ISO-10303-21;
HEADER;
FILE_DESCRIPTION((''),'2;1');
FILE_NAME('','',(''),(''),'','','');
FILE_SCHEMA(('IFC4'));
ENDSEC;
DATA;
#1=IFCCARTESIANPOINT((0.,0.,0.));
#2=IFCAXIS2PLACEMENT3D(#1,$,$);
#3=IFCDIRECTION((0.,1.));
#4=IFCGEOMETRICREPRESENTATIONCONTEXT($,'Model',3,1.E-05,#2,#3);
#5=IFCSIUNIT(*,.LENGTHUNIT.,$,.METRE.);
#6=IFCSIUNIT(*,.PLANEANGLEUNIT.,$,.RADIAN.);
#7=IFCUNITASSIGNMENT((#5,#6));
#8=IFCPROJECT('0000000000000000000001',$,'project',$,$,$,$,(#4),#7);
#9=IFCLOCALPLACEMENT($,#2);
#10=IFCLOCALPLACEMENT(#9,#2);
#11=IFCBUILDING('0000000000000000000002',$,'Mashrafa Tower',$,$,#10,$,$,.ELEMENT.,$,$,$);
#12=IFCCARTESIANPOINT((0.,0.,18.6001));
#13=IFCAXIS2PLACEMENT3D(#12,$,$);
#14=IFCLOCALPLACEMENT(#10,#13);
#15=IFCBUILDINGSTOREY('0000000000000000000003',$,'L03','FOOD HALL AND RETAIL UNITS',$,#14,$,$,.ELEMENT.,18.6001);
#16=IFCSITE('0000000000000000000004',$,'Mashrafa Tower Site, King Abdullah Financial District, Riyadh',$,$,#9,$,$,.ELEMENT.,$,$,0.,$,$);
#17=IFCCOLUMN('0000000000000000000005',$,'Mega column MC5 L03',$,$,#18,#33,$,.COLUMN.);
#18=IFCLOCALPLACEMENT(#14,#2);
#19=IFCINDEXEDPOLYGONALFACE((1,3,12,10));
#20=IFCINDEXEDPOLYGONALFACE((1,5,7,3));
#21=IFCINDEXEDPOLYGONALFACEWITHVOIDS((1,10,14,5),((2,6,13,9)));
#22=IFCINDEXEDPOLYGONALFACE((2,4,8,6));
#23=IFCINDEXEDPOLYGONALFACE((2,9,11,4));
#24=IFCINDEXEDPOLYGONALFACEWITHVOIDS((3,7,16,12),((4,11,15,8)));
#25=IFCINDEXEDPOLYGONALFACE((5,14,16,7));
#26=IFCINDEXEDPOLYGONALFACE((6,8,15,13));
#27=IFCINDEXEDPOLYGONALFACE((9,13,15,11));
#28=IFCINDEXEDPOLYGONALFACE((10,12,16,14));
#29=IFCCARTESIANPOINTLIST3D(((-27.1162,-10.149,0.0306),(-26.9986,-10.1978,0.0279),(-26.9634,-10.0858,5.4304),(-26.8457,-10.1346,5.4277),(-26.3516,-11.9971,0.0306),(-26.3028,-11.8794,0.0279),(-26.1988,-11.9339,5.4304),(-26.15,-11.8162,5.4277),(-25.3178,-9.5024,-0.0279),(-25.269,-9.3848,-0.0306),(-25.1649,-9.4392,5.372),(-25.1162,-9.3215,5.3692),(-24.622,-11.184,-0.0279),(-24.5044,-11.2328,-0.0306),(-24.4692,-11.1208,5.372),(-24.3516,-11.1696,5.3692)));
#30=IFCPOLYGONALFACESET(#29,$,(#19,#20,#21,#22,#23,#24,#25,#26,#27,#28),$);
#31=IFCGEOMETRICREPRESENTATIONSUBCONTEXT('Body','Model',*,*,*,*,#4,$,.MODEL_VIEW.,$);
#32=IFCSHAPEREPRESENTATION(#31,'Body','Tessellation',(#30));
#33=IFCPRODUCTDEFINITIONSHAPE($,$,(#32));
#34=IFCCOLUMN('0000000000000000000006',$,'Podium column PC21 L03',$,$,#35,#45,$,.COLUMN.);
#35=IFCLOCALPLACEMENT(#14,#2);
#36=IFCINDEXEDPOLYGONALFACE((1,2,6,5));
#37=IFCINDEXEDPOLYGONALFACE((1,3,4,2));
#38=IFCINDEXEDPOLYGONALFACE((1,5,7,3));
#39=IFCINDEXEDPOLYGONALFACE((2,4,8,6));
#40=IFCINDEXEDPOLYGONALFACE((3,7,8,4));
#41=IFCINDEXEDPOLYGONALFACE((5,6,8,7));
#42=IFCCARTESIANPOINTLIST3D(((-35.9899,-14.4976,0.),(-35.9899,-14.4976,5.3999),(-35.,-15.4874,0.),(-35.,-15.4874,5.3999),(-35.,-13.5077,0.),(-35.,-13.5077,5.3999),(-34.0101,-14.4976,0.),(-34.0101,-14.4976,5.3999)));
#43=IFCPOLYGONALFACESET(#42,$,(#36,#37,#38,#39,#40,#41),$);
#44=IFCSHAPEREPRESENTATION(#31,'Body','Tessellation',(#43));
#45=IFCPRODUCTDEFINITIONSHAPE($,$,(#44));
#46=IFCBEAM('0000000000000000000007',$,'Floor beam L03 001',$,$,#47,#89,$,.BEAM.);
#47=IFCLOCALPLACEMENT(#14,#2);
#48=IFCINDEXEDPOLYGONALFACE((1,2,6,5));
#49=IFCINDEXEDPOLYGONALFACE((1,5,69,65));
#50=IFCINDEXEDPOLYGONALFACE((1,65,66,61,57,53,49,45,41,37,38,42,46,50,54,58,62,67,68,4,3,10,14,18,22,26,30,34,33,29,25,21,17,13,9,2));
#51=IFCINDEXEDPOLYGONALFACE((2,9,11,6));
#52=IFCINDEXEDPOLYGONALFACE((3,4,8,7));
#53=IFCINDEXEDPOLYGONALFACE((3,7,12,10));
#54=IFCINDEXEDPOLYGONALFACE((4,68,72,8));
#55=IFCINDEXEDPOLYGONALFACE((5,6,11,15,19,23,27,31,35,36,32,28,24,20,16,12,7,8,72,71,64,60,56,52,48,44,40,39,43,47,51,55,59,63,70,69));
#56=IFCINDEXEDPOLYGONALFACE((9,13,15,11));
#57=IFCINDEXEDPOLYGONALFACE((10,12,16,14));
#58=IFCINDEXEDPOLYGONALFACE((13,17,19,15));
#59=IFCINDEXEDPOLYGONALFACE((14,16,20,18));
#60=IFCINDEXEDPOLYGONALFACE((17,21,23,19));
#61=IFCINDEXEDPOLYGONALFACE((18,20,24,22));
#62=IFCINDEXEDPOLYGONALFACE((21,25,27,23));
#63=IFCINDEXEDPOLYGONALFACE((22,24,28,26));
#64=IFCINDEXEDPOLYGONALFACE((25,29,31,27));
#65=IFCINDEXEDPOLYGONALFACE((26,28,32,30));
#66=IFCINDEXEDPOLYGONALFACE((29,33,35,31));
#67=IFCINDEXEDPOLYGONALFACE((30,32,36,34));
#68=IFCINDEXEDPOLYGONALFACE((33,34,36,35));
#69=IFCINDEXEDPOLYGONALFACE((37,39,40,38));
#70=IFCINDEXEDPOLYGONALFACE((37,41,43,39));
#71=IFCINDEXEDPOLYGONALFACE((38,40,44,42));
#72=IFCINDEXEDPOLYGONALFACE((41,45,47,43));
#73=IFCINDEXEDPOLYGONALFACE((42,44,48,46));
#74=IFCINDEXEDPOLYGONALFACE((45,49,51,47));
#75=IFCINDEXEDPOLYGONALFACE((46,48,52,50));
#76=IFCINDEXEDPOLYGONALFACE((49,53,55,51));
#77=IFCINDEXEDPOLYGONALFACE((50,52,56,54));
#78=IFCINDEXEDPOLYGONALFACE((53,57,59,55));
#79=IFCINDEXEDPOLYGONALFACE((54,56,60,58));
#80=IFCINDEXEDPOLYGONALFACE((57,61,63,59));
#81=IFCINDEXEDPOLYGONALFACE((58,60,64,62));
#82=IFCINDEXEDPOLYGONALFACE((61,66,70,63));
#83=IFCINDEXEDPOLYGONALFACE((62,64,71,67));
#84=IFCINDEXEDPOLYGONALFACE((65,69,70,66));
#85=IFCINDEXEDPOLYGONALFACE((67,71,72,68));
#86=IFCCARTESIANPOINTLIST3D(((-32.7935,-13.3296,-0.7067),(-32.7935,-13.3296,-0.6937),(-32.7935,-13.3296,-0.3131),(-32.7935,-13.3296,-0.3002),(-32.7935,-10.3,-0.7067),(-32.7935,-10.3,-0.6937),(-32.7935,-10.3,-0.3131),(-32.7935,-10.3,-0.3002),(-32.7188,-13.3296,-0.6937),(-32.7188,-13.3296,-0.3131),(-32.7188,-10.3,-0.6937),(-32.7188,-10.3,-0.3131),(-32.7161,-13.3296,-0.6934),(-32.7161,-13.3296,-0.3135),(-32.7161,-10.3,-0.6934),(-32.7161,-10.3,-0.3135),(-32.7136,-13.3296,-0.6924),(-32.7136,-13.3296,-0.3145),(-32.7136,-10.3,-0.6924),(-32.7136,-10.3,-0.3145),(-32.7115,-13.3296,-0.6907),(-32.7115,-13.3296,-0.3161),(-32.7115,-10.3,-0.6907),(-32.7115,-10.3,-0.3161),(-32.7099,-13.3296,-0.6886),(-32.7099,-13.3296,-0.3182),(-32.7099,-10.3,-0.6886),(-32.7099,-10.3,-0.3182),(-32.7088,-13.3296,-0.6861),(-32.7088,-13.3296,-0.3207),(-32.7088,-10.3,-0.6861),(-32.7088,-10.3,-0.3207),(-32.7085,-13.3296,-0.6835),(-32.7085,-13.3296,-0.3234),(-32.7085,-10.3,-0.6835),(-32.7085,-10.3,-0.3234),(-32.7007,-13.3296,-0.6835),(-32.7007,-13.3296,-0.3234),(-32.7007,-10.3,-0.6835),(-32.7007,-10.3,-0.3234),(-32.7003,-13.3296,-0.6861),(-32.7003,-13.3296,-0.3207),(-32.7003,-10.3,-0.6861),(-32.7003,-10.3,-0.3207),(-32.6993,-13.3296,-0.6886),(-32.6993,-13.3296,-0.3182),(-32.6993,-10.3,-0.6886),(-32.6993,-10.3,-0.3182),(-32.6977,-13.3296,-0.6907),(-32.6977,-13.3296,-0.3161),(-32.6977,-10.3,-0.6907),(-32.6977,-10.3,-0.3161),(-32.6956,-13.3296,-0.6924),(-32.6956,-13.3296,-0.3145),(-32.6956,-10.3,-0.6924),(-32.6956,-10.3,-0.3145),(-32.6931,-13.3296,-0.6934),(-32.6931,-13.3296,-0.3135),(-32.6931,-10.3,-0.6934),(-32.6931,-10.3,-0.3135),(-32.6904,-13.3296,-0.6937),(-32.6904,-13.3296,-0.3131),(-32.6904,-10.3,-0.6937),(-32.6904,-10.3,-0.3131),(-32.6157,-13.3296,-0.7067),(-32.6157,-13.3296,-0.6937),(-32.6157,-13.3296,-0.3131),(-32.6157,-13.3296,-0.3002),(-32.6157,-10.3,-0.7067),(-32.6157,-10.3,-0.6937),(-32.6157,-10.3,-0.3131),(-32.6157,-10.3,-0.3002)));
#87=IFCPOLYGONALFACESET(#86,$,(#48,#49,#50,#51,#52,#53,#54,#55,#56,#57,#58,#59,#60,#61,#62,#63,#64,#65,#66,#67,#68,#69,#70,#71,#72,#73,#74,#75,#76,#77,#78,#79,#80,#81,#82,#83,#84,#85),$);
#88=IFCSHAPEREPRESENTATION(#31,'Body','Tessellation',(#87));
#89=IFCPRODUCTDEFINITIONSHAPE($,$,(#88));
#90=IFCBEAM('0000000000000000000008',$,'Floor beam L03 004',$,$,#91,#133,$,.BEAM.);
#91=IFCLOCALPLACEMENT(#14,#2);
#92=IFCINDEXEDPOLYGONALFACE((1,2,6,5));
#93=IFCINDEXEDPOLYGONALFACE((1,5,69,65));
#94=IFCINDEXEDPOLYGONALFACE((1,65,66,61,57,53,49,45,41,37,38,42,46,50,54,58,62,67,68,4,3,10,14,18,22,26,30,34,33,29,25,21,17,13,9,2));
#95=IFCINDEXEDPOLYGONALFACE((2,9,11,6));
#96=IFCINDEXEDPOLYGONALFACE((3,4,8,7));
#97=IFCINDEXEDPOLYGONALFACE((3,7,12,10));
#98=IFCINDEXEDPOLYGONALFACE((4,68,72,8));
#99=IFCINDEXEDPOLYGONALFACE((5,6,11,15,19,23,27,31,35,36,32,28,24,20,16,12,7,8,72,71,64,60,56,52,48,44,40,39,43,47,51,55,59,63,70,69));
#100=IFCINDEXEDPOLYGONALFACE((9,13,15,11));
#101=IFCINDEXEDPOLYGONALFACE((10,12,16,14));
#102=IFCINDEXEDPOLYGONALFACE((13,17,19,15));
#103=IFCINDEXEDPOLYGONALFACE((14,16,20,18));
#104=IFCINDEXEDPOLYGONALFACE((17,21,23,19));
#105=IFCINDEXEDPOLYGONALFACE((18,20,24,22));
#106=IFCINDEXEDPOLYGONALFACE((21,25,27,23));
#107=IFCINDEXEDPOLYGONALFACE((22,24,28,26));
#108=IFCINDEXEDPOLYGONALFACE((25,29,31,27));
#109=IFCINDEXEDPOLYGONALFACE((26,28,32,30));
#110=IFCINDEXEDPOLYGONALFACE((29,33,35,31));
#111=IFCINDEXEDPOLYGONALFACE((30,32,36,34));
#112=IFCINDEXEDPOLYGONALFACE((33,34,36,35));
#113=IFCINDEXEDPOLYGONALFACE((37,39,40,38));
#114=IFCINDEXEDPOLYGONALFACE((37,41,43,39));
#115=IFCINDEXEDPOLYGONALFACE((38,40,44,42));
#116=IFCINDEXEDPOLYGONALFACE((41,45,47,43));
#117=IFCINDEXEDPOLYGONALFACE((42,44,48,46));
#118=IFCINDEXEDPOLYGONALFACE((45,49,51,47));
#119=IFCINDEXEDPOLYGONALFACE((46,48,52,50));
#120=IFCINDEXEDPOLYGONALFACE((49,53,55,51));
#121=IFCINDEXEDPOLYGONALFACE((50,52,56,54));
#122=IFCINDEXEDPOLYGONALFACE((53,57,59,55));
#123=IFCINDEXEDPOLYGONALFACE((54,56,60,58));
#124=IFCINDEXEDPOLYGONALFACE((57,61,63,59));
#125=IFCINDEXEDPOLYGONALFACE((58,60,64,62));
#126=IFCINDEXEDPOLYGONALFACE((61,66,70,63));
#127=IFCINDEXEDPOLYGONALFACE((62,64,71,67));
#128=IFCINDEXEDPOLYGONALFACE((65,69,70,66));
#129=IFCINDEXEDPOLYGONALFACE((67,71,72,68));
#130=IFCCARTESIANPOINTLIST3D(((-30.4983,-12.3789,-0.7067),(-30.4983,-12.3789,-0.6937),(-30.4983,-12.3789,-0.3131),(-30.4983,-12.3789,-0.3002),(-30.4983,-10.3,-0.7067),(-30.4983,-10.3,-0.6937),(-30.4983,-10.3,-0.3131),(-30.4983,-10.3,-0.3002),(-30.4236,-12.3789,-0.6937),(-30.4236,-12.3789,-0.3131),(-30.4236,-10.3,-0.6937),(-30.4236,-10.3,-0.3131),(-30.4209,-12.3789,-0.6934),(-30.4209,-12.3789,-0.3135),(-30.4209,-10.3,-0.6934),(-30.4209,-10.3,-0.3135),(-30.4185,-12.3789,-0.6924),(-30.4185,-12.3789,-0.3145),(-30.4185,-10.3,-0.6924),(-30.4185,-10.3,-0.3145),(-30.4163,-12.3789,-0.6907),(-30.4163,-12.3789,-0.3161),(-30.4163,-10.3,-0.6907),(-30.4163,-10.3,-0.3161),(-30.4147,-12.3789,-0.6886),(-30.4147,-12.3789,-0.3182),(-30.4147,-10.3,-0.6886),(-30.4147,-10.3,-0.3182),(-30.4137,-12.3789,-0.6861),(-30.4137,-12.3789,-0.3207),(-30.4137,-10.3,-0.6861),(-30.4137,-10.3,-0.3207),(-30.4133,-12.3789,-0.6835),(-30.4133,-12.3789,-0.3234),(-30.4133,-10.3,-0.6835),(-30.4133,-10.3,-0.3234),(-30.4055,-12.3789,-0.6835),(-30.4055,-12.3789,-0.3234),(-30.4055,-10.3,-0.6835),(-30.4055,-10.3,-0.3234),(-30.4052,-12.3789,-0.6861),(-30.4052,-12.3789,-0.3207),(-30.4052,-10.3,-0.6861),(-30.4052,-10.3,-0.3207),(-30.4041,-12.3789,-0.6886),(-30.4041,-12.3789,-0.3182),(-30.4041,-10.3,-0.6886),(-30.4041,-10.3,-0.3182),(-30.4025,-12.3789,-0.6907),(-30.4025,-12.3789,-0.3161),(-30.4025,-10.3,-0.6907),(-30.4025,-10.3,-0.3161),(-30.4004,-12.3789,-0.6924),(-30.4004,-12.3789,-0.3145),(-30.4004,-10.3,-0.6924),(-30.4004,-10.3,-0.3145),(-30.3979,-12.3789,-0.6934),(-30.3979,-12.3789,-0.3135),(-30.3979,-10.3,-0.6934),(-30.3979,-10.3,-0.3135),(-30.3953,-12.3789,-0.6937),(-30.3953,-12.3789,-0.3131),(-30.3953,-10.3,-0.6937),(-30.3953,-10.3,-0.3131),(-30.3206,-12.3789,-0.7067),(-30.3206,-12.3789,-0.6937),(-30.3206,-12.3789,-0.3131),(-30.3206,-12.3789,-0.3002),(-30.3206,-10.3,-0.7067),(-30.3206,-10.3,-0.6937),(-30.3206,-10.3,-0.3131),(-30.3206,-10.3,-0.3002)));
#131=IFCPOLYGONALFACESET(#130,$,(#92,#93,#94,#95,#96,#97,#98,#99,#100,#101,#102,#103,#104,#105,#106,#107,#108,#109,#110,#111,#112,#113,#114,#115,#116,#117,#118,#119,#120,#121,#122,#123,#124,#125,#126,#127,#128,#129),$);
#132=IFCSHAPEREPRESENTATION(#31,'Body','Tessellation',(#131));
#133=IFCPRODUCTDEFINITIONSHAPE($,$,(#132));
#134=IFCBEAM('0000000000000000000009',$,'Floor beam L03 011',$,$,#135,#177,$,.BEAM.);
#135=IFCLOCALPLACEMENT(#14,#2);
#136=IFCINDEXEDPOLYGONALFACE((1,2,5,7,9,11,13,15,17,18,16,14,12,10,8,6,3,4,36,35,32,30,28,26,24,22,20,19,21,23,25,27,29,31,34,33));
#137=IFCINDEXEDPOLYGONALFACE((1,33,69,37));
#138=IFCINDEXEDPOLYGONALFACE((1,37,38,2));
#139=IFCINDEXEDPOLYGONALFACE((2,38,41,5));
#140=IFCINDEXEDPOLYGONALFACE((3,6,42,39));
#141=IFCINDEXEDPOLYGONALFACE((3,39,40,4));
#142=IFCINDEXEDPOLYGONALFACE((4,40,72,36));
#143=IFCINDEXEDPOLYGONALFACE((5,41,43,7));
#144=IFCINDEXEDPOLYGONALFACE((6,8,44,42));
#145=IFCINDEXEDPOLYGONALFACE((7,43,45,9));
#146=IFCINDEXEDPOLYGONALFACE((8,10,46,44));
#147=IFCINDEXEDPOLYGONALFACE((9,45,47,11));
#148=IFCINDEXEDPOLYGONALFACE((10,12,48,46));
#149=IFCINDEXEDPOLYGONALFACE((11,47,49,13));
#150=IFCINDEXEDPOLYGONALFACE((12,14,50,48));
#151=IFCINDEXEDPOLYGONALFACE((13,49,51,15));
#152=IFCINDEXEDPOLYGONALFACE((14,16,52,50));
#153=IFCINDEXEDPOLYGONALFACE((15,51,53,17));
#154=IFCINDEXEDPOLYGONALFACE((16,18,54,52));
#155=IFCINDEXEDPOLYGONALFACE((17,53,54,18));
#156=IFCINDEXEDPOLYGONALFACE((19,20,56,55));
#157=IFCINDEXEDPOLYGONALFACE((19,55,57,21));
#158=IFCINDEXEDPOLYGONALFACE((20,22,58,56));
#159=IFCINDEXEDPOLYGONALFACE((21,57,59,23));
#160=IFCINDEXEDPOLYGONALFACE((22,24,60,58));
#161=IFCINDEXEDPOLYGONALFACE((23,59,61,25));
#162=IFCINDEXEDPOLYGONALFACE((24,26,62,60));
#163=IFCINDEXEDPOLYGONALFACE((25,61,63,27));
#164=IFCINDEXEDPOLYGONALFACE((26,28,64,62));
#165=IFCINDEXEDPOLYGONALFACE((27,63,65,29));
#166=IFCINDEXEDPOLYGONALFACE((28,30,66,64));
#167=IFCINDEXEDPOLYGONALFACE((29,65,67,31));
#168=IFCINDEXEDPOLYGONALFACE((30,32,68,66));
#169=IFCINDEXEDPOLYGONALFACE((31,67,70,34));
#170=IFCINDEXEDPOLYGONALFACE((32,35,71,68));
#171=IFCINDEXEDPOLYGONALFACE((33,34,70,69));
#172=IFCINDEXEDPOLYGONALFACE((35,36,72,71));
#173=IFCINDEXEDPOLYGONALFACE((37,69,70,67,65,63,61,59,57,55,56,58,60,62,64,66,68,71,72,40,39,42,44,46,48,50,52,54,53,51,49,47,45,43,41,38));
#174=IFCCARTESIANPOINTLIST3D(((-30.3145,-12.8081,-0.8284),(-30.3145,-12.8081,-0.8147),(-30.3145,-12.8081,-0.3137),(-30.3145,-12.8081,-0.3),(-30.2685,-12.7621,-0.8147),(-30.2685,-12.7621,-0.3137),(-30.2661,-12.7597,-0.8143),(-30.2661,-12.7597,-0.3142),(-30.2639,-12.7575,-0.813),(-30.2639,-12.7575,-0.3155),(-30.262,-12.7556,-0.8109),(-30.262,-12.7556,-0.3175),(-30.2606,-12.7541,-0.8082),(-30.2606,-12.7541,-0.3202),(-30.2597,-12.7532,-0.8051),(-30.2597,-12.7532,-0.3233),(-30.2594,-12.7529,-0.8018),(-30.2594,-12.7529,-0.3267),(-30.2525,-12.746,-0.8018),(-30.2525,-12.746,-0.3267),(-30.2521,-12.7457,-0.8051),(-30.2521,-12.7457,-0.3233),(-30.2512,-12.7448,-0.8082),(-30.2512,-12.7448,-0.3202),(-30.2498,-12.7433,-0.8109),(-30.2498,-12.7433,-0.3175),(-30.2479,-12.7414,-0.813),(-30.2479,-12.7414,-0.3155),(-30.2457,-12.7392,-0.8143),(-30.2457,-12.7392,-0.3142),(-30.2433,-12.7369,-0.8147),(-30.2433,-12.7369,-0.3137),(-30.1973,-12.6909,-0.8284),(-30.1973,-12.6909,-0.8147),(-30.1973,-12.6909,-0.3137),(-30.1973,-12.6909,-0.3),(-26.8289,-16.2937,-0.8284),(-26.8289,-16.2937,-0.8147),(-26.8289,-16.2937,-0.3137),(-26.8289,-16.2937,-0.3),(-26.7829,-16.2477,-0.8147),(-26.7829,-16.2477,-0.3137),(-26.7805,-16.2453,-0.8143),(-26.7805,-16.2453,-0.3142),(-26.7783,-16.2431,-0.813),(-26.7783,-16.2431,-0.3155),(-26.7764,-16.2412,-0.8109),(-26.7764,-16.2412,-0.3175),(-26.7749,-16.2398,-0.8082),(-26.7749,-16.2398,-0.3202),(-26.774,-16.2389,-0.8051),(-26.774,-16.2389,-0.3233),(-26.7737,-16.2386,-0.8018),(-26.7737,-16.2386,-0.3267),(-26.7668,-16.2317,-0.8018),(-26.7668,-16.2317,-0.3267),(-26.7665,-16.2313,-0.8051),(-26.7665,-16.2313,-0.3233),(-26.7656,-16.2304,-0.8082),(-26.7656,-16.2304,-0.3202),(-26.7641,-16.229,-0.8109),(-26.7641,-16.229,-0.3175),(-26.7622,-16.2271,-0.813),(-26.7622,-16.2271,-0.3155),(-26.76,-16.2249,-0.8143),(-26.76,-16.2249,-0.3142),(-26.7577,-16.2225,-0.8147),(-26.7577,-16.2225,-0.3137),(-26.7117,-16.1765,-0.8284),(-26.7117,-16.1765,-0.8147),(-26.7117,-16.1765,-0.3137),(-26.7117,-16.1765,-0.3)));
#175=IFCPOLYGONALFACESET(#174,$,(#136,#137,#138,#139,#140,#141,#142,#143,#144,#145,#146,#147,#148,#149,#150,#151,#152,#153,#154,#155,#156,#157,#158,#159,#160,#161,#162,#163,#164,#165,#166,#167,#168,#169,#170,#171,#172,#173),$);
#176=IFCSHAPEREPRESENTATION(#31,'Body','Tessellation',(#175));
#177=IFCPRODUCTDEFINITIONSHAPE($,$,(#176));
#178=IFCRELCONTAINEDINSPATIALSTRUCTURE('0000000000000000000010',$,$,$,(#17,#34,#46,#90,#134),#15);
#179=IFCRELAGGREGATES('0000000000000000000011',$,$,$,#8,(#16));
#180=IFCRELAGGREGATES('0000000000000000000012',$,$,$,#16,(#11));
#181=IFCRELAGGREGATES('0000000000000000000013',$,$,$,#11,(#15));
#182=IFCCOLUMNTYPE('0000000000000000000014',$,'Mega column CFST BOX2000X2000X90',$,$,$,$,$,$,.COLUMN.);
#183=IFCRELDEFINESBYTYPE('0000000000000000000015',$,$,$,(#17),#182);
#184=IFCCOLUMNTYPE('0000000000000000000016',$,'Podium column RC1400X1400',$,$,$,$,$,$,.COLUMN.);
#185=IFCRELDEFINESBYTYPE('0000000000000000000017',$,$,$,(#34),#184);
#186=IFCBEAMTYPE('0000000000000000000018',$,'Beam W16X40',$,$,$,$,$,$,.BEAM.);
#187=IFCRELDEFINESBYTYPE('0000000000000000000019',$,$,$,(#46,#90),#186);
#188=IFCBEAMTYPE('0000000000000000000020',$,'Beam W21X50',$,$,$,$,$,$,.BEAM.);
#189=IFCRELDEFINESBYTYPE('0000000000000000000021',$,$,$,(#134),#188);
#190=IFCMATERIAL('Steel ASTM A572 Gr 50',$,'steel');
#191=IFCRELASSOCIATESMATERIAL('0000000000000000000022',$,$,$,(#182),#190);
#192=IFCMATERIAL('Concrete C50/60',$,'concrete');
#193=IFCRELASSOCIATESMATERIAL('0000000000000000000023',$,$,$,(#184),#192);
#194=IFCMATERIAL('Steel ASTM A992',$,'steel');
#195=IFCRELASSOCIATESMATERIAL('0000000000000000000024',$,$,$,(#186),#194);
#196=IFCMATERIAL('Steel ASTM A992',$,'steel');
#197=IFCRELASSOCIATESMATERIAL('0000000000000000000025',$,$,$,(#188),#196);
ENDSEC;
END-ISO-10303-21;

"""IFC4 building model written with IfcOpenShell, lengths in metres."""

from ifc_helpers import new_model, si_unit, direction, frame, origin, origin_2d, place, context, subcontext, project, spatial, rectangle, hollow_rectangle, i_section, extrude, material, material_profile, profile_set, type_object, element, save


model = new_model("IFC4")

# Units and contexts
model_context = context("Model", 3, precision=1e-05, world=origin(), true_north=direction((0.0, 1.0)))
body_context = subcontext(model_context, "Body", "Model", "MODEL_VIEW")
ifc_project = project(units=[si_unit("LENGTHUNIT", "METRE"), si_unit("PLANEANGLEUNIT", "RADIAN")], contexts=[model_context])

# Site, building, storey
site_placement = place(None, origin())
site = spatial("IfcSite", under=ifc_project, at=site_placement, Name="Mashrafa Tower Site, King Abdullah Financial District, Riyadh", CompositionType="ELEMENT", RefElevation=0.0)
building_placement = place(site_placement, origin())
building = spatial("IfcBuilding", under=site, at=building_placement, Name="Mashrafa Tower", CompositionType="ELEMENT")
storey_placement = place(building_placement, frame((0.0, 0.0, 18.6001)))
storey = spatial("IfcBuildingStorey", under=building, at=storey_placement, Name="L03", Description="FOOD HALL AND RETAIL UNITS", CompositionType="ELEMENT", Elevation=18.6001)

# Columns
ifc_material_1 = material(Name="Steel ASTM A572 Gr 50", Category="steel")
ifc_material_profile_1 = material_profile(ifc_material_1, hollow_rectangle(XDim=2.0, YDim=2.0, WallThickness=0.0901, at=origin_2d()), Name="BOX2000X2000X90")
ifc_profile_set_1 = profile_set([ifc_material_profile_1], Name="Steel ASTM A572 Gr 50")
column_type_1 = type_object("IfcColumnType", Name="Mega column CFST BOX2000X2000X90", PredefinedType="COLUMN", material=ifc_profile_set_1)
column_1_placement = place(storey_placement, frame((-25.8103, -10.6909, 0.0), z_axis=(0.028289, 0.011704, 0.999531), x_axis=(-0.382308, 0.924035, 0.0)))
element("IfcColumn", 1, at=column_1_placement, inside=storey, type_object=column_type_1, Name="Mega column MC5 L03", PredefinedType="COLUMN", context=body_context, shape_type="SweptSolid", body=[
    extrude(hollow_rectangle(XDim=2.0, YDim=2.0, WallThickness=0.0901, at=origin_2d()), origin(), (0.0, 0.0, 1.0), 5.4023),
])
ifc_material_2 = material(Name="Concrete C50/60", Category="concrete")
ifc_material_profile_2 = material_profile(ifc_material_2, rectangle(XDim=1.3999, YDim=1.3999, at=origin_2d()), Name="RC1400X1400")
ifc_profile_set_2 = profile_set([ifc_material_profile_2], Name="Concrete C50/60")
column_type_2 = type_object("IfcColumnType", Name="Podium column RC1400X1400", PredefinedType="COLUMN", material=ifc_profile_set_2)
column_2_placement = place(storey_placement, frame((-35.0, -14.4976, 0.0), z_axis=(0.0, 0.0, 1.0), x_axis=(0.707107, 0.707107, 0.0)))
element("IfcColumn", 2, at=column_2_placement, inside=storey, type_object=column_type_2, Name="Podium column PC21 L03", PredefinedType="COLUMN", context=body_context, shape_type="SweptSolid", body=[
    extrude(rectangle(XDim=1.3999, YDim=1.3999, at=origin_2d()), origin(), (0.0, 0.0, 1.0), 5.3999),
])

# Beams
ifc_material_3 = material(Name="Steel ASTM A992", Category="steel")
ifc_material_profile_3 = material_profile(ifc_material_3, i_section(OverallWidth=0.1777, OverallDepth=0.4065, WebThickness=0.0078, FlangeThickness=0.0129, FilletRadius=0.0103, at=origin_2d()), Name="W16X40")
ifc_profile_set_3 = profile_set([ifc_material_profile_3], Name="Steel ASTM A992")
beam_type_1 = type_object("IfcBeamType", Name="Beam W16X40", PredefinedType="BEAM", material=ifc_profile_set_3)
beam_1_placement = place(storey_placement, frame((-32.7046, -13.3296, -0.5034), z_axis=(0.0, 1.0, 0.0), x_axis=(-1.0, 0.0, 0.0)))
element("IfcBeam", 3, at=beam_1_placement, inside=storey, type_object=beam_type_1, Name="Floor beam L03 001", PredefinedType="BEAM", context=body_context, shape_type="SweptSolid", body=[
    extrude(i_section(OverallWidth=0.1777, OverallDepth=0.4065, WebThickness=0.0078, FlangeThickness=0.0129, FilletRadius=0.0103, at=origin_2d()), origin(), (0.0, 0.0, 1.0), 3.0295),
])
beam_2_placement = place(storey_placement, frame((-30.4094, -12.3789, -0.5034), z_axis=(0.0, 1.0, 0.0), x_axis=(-1.0, 0.0, 0.0)))
element("IfcBeam", 4, at=beam_2_placement, inside=storey, type_object=beam_type_1, Name="Floor beam L03 004", PredefinedType="BEAM", context=body_context, shape_type="SweptSolid", body=[
    extrude(i_section(OverallWidth=0.1777, OverallDepth=0.4065, WebThickness=0.0078, FlangeThickness=0.0129, FilletRadius=0.0103, at=origin_2d()), origin(), (0.0, 0.0, 1.0), 2.0789),
])
ifc_material_4 = material(Name="Steel ASTM A992", Category="steel")
ifc_material_profile_4 = material_profile(ifc_material_4, i_section(OverallWidth=0.1658, OverallDepth=0.5283, WebThickness=0.0098, FlangeThickness=0.0137, FilletRadius=0.0129, at=origin_2d()), Name="W21X50")
ifc_profile_set_4 = profile_set([ifc_material_profile_4], Name="Steel ASTM A992")
beam_type_2 = type_object("IfcBeamType", Name="Beam W21X50", PredefinedType="BEAM", material=ifc_profile_set_4)
beam_3_placement = place(storey_placement, frame((-26.7703, -16.2351, -0.5642), z_axis=(-0.707107, 0.707107, 0.0), x_axis=(-0.707107, -0.707107, 0.0)))
element("IfcBeam", 5, at=beam_3_placement, inside=storey, type_object=beam_type_2, Name="Floor beam L03 011", PredefinedType="BEAM", context=body_context, shape_type="SweptSolid", body=[
    extrude(i_section(OverallWidth=0.1658, OverallDepth=0.5283, WebThickness=0.0098, FlangeThickness=0.0137, FilletRadius=0.0129, at=origin_2d()), origin(), (0.0, 0.0, 1.0), 4.9294),
])

save(model, "model.ifc")
